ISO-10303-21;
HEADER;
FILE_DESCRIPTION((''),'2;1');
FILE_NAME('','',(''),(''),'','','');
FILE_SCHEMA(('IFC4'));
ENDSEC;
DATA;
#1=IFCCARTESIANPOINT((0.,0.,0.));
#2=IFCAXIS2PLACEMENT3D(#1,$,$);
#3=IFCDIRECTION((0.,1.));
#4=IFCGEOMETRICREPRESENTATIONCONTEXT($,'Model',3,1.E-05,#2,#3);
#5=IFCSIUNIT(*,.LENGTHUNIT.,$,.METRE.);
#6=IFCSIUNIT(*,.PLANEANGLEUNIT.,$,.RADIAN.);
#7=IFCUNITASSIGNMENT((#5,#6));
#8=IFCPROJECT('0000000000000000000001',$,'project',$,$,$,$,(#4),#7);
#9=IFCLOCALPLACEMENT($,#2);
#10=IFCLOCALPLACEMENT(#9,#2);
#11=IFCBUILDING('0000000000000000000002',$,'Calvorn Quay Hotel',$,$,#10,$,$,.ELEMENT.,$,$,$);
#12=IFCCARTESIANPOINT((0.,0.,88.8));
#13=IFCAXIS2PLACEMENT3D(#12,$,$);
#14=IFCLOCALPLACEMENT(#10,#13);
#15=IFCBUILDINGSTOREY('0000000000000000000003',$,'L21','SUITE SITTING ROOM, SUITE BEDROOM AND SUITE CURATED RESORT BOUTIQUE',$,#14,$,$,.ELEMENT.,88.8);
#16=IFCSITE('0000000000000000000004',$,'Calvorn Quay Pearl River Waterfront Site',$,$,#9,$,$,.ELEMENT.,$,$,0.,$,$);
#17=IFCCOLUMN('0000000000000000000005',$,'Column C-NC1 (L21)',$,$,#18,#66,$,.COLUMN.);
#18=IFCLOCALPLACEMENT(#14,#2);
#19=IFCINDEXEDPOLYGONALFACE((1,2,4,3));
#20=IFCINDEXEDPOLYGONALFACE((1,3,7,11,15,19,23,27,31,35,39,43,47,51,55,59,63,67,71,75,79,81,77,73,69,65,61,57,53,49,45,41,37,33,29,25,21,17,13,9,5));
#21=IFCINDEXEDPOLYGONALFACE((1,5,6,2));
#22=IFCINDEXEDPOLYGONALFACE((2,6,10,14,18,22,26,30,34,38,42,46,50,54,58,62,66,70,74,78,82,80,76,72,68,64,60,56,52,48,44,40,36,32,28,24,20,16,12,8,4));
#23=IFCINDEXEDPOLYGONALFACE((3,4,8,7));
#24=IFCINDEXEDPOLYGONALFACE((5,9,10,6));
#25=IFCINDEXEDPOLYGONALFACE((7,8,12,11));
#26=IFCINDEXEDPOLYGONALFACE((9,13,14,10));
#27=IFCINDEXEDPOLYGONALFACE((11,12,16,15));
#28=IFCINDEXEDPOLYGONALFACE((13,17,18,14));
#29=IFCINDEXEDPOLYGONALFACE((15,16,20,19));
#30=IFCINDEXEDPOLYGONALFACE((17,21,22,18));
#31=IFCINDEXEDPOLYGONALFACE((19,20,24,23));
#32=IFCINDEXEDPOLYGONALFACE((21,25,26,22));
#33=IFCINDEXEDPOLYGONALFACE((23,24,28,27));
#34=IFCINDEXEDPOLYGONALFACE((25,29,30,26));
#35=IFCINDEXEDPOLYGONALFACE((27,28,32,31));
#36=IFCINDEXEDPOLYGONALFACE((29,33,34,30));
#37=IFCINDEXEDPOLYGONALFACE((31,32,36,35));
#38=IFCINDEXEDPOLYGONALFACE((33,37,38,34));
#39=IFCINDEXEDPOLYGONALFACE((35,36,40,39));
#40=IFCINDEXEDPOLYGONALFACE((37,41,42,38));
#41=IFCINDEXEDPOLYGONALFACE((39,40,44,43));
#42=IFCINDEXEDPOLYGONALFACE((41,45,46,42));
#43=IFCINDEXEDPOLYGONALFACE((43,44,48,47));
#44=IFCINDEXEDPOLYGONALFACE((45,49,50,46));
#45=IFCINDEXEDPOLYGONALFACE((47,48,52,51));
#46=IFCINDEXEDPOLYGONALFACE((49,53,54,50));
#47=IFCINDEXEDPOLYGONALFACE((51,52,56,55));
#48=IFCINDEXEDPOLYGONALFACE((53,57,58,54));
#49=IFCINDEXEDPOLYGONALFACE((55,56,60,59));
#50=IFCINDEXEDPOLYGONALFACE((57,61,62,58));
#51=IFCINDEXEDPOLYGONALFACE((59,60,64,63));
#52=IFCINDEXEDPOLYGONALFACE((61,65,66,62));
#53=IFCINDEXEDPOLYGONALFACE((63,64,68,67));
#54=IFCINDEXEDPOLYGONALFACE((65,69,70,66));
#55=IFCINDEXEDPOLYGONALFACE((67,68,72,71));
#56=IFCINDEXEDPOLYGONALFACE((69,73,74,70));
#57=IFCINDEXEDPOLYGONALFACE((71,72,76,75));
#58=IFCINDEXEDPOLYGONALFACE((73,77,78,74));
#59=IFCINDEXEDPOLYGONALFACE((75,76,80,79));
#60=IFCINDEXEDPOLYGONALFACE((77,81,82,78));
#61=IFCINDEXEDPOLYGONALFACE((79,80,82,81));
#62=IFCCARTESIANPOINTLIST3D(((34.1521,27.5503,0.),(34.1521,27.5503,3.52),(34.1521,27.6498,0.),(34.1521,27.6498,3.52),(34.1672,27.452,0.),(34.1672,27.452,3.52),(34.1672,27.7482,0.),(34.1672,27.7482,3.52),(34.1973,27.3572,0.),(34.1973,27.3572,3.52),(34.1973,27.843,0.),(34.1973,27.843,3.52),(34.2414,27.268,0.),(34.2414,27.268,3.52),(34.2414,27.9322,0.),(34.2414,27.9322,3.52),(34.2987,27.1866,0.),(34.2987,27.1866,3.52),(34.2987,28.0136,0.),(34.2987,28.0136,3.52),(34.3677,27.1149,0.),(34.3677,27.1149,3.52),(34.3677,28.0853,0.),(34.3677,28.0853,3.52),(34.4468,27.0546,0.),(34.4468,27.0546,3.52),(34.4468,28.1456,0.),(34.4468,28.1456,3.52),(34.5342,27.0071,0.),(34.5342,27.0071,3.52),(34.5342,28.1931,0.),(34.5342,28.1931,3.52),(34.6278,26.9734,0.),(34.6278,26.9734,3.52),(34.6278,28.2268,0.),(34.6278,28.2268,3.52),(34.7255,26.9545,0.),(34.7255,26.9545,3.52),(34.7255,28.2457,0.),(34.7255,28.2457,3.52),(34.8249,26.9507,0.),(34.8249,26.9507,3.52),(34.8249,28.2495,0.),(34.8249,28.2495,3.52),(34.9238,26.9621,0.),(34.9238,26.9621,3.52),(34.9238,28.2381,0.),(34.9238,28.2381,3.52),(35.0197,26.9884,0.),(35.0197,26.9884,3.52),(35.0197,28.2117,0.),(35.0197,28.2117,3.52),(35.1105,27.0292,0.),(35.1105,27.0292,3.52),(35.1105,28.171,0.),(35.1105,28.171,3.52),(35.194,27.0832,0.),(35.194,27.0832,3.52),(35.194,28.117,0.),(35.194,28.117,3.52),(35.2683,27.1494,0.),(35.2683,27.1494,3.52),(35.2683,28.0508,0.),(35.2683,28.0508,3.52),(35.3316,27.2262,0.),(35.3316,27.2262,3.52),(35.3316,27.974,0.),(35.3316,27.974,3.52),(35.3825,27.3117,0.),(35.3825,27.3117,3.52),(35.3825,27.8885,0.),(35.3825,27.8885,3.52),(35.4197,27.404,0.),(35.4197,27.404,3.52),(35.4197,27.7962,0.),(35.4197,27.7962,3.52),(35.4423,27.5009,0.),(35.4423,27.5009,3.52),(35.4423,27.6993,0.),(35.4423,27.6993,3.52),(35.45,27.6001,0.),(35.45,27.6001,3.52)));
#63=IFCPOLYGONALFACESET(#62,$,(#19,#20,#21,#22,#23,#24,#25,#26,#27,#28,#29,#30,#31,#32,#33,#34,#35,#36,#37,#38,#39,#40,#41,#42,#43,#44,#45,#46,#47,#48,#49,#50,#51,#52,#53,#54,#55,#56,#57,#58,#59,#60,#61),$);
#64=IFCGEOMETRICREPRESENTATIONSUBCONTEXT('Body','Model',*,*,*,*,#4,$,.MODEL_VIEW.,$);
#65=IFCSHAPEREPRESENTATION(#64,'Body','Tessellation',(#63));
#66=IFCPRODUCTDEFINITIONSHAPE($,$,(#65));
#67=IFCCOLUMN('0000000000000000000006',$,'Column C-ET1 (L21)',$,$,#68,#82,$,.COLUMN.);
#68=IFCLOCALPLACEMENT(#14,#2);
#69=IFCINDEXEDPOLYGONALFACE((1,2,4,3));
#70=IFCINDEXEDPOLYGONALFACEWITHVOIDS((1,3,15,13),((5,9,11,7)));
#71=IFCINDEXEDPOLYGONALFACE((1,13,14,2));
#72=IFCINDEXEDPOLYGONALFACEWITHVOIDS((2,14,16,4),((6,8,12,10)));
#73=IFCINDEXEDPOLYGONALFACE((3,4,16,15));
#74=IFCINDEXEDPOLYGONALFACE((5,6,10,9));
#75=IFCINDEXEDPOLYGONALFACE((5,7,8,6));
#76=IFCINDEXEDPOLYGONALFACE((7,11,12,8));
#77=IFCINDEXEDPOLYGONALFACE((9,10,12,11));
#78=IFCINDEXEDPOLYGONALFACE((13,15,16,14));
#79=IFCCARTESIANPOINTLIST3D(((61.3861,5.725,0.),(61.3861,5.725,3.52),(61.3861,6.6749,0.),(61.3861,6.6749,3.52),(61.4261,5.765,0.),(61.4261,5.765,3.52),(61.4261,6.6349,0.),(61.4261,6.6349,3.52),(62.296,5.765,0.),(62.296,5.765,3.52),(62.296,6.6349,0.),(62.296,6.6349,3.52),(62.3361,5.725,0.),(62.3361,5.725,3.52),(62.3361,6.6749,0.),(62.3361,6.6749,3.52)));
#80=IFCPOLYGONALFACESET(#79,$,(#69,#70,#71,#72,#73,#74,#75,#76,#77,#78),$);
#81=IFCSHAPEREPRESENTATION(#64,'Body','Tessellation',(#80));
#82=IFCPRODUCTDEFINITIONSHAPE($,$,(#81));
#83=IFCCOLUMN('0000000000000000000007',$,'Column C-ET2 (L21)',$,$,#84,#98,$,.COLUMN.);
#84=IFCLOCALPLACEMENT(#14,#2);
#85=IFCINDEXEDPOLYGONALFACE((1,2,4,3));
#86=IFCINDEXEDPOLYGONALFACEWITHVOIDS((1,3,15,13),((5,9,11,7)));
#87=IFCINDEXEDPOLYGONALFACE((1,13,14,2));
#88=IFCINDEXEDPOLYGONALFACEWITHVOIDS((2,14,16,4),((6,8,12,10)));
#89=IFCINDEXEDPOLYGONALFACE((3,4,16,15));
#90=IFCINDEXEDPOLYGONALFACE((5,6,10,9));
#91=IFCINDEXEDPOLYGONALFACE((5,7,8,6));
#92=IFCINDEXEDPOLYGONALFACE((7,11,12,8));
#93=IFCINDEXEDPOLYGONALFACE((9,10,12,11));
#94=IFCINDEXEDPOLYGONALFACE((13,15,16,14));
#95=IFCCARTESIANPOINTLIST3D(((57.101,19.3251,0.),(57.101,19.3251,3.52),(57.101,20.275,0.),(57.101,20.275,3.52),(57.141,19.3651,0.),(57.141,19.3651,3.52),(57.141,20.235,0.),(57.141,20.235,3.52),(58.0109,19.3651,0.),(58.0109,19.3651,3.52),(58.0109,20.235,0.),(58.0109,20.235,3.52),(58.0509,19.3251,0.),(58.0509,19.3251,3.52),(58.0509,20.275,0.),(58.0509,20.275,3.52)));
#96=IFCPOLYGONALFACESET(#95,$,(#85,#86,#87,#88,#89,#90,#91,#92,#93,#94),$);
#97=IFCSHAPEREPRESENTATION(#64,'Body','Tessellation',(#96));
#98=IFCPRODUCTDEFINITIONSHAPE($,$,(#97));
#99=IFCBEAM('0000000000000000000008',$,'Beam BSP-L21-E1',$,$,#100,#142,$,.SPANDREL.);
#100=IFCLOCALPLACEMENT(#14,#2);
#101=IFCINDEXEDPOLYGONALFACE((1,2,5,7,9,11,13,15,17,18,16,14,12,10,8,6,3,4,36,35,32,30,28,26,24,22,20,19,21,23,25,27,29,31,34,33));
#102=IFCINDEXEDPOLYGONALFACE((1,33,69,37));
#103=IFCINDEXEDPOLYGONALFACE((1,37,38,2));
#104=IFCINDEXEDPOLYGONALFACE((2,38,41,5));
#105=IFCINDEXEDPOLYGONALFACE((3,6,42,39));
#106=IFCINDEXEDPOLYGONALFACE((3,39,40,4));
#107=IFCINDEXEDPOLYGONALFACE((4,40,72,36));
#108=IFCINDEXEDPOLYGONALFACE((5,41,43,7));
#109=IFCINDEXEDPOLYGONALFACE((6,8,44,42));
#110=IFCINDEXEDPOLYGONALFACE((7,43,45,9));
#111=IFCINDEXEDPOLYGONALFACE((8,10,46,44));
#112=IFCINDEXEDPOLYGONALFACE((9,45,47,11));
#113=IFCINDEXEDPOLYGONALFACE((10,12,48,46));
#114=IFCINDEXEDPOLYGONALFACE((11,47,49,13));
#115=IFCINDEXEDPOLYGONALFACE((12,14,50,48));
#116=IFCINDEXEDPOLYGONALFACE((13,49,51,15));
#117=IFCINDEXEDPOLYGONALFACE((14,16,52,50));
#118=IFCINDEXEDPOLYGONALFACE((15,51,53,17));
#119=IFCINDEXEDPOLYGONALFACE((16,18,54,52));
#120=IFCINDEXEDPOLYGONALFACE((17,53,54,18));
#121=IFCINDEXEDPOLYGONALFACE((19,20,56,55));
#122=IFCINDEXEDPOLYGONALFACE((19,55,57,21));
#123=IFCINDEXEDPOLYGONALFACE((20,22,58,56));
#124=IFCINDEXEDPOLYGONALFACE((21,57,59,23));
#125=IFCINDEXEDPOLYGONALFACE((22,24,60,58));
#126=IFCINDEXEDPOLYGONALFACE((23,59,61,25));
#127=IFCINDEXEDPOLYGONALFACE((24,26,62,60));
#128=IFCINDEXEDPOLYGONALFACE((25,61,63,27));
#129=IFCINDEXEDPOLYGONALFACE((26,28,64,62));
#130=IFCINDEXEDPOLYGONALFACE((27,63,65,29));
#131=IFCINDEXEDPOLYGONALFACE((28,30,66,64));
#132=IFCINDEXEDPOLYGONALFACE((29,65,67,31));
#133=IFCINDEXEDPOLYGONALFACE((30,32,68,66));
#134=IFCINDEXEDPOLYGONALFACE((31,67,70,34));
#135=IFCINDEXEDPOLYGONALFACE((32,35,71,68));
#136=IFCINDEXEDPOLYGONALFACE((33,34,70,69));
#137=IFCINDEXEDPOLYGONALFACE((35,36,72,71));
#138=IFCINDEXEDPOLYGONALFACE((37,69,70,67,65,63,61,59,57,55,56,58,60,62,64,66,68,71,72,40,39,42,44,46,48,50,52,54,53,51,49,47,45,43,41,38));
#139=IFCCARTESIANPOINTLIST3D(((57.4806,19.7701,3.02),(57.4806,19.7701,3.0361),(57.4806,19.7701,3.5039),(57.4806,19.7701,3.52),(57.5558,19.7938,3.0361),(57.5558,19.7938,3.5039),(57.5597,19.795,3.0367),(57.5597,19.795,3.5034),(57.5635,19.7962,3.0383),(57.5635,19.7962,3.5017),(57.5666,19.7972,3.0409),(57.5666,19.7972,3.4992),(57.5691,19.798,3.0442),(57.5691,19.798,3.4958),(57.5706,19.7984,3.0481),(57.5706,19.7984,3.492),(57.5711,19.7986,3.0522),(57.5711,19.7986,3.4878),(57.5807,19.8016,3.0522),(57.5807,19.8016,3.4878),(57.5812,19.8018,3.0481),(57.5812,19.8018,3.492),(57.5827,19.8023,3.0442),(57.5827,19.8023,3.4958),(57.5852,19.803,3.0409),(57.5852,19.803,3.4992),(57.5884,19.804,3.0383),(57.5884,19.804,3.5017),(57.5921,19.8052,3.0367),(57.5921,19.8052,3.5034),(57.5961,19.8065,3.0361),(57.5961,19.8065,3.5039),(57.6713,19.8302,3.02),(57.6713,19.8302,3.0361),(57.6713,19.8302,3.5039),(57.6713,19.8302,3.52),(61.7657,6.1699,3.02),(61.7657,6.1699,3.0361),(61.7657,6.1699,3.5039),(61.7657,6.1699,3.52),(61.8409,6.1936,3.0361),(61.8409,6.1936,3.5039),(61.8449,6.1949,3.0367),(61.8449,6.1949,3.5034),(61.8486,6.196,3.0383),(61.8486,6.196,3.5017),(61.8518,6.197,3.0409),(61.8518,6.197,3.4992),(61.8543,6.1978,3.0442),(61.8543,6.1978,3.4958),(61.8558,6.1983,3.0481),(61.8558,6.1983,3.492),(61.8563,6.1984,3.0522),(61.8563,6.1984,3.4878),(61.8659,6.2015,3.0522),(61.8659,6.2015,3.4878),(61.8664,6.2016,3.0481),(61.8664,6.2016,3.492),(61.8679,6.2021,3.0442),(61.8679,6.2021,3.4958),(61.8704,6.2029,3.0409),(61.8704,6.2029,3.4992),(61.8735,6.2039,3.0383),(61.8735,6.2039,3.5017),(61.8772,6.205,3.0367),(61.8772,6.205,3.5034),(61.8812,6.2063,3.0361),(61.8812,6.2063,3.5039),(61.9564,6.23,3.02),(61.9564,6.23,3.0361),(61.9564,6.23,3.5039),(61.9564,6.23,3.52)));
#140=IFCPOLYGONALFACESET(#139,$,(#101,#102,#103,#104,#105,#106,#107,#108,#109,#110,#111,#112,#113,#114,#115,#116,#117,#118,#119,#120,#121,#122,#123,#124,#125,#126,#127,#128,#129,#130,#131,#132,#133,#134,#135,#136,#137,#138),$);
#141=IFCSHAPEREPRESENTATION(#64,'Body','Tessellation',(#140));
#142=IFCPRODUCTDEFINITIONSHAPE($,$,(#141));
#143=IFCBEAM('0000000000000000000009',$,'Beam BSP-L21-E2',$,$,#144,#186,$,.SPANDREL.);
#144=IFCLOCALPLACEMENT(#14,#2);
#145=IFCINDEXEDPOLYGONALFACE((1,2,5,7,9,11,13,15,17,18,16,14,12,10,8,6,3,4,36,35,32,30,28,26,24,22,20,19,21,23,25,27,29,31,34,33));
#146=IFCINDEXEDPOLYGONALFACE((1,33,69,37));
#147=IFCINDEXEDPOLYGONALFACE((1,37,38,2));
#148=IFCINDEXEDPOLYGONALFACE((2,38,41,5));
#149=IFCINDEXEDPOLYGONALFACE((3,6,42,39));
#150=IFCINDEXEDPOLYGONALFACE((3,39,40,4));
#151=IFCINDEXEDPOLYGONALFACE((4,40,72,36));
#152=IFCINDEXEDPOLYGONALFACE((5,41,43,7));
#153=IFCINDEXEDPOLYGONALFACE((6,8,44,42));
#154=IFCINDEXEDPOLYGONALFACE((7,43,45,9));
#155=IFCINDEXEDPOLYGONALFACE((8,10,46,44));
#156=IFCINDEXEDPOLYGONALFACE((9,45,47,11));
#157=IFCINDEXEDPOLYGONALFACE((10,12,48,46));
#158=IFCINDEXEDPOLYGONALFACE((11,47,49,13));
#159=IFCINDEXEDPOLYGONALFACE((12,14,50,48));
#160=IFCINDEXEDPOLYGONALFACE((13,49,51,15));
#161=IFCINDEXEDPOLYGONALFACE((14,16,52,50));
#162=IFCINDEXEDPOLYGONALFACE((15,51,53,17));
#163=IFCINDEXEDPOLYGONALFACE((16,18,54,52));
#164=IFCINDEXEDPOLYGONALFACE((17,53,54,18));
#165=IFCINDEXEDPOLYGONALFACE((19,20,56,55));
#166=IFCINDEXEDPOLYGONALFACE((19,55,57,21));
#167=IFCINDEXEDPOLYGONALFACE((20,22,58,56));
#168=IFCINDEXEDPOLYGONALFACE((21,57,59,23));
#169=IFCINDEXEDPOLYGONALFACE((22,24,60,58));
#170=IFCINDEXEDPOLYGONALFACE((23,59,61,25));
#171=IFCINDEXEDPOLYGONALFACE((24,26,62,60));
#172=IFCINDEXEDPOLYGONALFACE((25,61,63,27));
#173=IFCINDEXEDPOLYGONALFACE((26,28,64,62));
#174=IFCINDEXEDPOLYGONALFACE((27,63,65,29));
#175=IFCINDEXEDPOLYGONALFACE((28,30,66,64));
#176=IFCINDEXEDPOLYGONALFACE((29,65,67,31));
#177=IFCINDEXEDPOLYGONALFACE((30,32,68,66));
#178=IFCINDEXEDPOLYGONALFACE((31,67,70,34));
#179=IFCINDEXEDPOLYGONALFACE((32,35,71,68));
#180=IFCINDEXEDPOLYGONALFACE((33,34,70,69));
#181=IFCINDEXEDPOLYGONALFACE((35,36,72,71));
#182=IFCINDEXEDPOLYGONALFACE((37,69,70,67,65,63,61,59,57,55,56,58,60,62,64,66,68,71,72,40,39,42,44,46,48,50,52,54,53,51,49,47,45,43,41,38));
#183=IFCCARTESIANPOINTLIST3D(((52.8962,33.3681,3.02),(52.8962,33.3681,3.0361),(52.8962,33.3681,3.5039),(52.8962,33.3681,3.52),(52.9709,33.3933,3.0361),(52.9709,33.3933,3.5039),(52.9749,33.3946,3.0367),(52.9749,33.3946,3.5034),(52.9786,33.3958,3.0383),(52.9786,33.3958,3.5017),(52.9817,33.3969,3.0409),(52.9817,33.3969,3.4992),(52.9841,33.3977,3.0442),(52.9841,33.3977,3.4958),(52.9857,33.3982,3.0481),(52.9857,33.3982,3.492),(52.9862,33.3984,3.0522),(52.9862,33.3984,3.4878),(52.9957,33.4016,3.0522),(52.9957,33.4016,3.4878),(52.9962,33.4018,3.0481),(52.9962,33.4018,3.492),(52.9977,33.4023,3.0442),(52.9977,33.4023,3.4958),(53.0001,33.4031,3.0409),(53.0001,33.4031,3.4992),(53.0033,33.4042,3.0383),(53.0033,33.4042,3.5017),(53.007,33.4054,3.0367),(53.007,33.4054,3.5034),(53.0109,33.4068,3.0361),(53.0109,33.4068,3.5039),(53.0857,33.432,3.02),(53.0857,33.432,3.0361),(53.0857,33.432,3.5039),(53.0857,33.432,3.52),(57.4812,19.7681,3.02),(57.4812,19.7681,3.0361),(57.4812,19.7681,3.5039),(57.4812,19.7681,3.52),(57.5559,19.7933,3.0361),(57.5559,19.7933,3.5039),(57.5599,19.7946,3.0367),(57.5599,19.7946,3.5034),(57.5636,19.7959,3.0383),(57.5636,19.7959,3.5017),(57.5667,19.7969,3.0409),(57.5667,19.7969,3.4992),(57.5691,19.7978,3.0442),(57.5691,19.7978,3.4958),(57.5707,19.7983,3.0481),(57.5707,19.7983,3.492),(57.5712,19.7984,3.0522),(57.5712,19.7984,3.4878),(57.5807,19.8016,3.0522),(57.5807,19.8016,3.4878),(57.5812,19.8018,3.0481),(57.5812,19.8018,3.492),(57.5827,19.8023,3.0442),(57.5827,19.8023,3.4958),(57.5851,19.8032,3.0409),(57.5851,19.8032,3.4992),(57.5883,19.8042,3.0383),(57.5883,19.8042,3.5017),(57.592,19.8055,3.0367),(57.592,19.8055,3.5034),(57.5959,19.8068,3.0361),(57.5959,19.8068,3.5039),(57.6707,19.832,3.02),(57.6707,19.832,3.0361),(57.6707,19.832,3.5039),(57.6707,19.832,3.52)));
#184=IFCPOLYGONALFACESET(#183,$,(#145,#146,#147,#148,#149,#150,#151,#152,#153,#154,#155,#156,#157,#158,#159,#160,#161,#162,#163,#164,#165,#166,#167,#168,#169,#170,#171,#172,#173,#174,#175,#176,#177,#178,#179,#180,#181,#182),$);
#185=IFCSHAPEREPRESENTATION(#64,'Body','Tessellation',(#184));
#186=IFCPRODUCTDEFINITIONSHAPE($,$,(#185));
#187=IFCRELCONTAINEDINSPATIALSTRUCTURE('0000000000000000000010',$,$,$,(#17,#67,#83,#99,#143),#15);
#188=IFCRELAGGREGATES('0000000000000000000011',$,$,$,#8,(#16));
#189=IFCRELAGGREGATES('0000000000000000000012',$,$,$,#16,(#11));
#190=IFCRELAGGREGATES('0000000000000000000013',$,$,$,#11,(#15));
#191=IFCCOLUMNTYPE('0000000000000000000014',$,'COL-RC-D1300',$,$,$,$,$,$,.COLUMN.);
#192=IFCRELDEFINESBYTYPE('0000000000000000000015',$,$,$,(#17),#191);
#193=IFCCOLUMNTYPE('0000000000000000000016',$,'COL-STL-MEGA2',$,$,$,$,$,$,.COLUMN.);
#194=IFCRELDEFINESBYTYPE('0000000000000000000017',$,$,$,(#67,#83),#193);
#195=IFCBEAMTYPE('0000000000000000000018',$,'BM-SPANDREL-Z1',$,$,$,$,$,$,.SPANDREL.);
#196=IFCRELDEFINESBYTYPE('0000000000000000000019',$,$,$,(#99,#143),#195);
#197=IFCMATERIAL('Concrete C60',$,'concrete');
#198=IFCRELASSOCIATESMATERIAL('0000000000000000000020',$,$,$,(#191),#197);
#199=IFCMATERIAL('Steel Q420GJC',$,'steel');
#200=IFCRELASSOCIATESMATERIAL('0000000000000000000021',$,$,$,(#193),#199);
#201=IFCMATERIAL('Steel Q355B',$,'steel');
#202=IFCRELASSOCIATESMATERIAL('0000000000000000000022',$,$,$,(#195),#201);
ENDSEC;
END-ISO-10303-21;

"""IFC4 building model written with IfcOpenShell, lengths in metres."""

from ifc_helpers import new_model, si_unit, direction, frame, origin, origin_2d, place, context, subcontext, project, spatial, hollow_rectangle, circle, i_section, extrude, material, material_profile, profile_set, type_object, element, save


model = new_model("IFC4")

# Units and contexts
model_context = context("Model", 3, precision=1e-05, world=origin(), true_north=direction((0.0, 1.0)))
body_context = subcontext(model_context, "Body", "Model", "MODEL_VIEW")
ifc_project = project(units=[si_unit("LENGTHUNIT", "METRE"), si_unit("PLANEANGLEUNIT", "RADIAN")], contexts=[model_context])

# Site, building, storey
site_placement = place(None, origin())
site = spatial("IfcSite", under=ifc_project, at=site_placement, Name="Calvorn Quay Pearl River Waterfront Site", CompositionType="ELEMENT", RefElevation=0.0)
building_placement = place(site_placement, origin())
building = spatial("IfcBuilding", under=site, at=building_placement, Name="Calvorn Quay Hotel", CompositionType="ELEMENT")
storey_placement = place(building_placement, frame((0.0, 0.0, 88.8)))
storey = spatial("IfcBuildingStorey", under=building, at=storey_placement, Name="L21", Description="SUITE SITTING ROOM, SUITE BEDROOM AND SUITE CURATED RESORT BOUTIQUE", CompositionType="ELEMENT", Elevation=88.8)

# Columns
ifc_material_1 = material(Name="Concrete C60", Category="concrete")
ifc_material_profile_1 = material_profile(ifc_material_1, circle(Radius=0.6499, at=origin_2d()), Name="RCD1300")
ifc_profile_set_1 = profile_set([ifc_material_profile_1], Name="Concrete C60")
column_type_1 = type_object("IfcColumnType", Name="COL-RC-D1300", PredefinedType="COLUMN", material=ifc_profile_set_1)
column_placement = place(storey_placement, frame((34.8, 27.6001, 0.0), z_axis=(0.0, 0.0, 1.0), x_axis=(1.0, 0.0, 0.0)))
element("IfcColumn", 1, at=column_placement, inside=storey, type_object=column_type_1, Name="Column C-NC1 (L21)", PredefinedType="COLUMN", context=body_context, shape_type="SweptSolid", body=[
    extrude(circle(Radius=0.6499, at=origin_2d()), origin(), (0.0, 0.0, 1.0), 3.52),
])
ifc_material_2 = material(Name="Steel Q420GJC", Category="steel")
ifc_material_profile_2 = material_profile(ifc_material_2, hollow_rectangle(XDim=0.95, YDim=0.95, WallThickness=0.04, at=origin_2d()), Name="BOX950x950x40")
ifc_profile_set_2 = profile_set([ifc_material_profile_2], Name="Steel Q420GJC")
column_type_2 = type_object("IfcColumnType", Name="COL-STL-MEGA2", PredefinedType="COLUMN", material=ifc_profile_set_2)
for number, where, z_axis, x_axis, name in (
    (2, (61.8611, 6.2, 0.0), (0.0, 0.0, 1.0), (1.0, 0.0, 0.0), "Column C-ET1 (L21)"),
    (3, (57.5759, 19.8, 0.0), (0.0, 0.0, 1.0), (1.0, 0.0, 0.0), "Column C-ET2 (L21)"),
):
    element("IfcColumn", number, at=place(storey_placement, frame(where, z_axis=z_axis, x_axis=x_axis)), inside=storey, type_object=column_type_2, Name=name, PredefinedType="COLUMN", context=body_context, shape_type="SweptSolid", body=[
        extrude(hollow_rectangle(XDim=0.95, YDim=0.95, WallThickness=0.04, at=origin_2d()), origin(), (0.0, 0.0, 1.0), 3.52),
    ])

# Beams
ifc_material_3 = material(Name="Steel Q355B", Category="steel")
ifc_material_profile_3 = material_profile(ifc_material_3, i_section(OverallWidth=0.2, OverallDepth=0.5, WebThickness=0.01, FlangeThickness=0.0161, FilletRadius=0.0161, at=origin_2d()), Name="HN500x200x10x16")
ifc_profile_set_3 = profile_set([ifc_material_profile_3], Name="Steel Q355B")
beam_type = type_object("IfcBeamType", Name="BM-SPANDREL-Z1", PredefinedType="SPANDREL", material=ifc_profile_set_3)
beam_1_placement = place(storey_placement, frame((61.8611, 6.2, 3.27), z_axis=(-0.300518, 0.953776, 0.0), x_axis=(-0.953776, -0.300518, 0.0)))
element("IfcBeam", 4, at=beam_1_placement, inside=storey, type_object=beam_type, Name="Beam BSP-L21-E1", PredefinedType="SPANDREL", context=body_context, shape_type="SweptSolid", body=[
    extrude(i_section(OverallWidth=0.2, OverallDepth=0.5, WebThickness=0.01, FlangeThickness=0.0161, FilletRadius=0.0161, at=origin_2d()), origin(), (0.0, 0.0, 1.0), 14.2593),
])
beam_2_placement = place(storey_placement, frame((57.5759, 19.8, 3.27), z_axis=(-0.319467, 0.947598, 0.0), x_axis=(-0.947598, -0.319467, 0.0)))
element("IfcBeam", 5, at=beam_2_placement, inside=storey, type_object=beam_type, Name="Beam BSP-L21-E2", PredefinedType="SPANDREL", context=body_context, shape_type="SweptSolid", body=[
    extrude(i_section(OverallWidth=0.2, OverallDepth=0.5, WebThickness=0.01, FlangeThickness=0.0161, FilletRadius=0.0161, at=origin_2d()), origin(), (0.0, 0.0, 1.0), 14.3521),
])

save(model, "model.ifc")
